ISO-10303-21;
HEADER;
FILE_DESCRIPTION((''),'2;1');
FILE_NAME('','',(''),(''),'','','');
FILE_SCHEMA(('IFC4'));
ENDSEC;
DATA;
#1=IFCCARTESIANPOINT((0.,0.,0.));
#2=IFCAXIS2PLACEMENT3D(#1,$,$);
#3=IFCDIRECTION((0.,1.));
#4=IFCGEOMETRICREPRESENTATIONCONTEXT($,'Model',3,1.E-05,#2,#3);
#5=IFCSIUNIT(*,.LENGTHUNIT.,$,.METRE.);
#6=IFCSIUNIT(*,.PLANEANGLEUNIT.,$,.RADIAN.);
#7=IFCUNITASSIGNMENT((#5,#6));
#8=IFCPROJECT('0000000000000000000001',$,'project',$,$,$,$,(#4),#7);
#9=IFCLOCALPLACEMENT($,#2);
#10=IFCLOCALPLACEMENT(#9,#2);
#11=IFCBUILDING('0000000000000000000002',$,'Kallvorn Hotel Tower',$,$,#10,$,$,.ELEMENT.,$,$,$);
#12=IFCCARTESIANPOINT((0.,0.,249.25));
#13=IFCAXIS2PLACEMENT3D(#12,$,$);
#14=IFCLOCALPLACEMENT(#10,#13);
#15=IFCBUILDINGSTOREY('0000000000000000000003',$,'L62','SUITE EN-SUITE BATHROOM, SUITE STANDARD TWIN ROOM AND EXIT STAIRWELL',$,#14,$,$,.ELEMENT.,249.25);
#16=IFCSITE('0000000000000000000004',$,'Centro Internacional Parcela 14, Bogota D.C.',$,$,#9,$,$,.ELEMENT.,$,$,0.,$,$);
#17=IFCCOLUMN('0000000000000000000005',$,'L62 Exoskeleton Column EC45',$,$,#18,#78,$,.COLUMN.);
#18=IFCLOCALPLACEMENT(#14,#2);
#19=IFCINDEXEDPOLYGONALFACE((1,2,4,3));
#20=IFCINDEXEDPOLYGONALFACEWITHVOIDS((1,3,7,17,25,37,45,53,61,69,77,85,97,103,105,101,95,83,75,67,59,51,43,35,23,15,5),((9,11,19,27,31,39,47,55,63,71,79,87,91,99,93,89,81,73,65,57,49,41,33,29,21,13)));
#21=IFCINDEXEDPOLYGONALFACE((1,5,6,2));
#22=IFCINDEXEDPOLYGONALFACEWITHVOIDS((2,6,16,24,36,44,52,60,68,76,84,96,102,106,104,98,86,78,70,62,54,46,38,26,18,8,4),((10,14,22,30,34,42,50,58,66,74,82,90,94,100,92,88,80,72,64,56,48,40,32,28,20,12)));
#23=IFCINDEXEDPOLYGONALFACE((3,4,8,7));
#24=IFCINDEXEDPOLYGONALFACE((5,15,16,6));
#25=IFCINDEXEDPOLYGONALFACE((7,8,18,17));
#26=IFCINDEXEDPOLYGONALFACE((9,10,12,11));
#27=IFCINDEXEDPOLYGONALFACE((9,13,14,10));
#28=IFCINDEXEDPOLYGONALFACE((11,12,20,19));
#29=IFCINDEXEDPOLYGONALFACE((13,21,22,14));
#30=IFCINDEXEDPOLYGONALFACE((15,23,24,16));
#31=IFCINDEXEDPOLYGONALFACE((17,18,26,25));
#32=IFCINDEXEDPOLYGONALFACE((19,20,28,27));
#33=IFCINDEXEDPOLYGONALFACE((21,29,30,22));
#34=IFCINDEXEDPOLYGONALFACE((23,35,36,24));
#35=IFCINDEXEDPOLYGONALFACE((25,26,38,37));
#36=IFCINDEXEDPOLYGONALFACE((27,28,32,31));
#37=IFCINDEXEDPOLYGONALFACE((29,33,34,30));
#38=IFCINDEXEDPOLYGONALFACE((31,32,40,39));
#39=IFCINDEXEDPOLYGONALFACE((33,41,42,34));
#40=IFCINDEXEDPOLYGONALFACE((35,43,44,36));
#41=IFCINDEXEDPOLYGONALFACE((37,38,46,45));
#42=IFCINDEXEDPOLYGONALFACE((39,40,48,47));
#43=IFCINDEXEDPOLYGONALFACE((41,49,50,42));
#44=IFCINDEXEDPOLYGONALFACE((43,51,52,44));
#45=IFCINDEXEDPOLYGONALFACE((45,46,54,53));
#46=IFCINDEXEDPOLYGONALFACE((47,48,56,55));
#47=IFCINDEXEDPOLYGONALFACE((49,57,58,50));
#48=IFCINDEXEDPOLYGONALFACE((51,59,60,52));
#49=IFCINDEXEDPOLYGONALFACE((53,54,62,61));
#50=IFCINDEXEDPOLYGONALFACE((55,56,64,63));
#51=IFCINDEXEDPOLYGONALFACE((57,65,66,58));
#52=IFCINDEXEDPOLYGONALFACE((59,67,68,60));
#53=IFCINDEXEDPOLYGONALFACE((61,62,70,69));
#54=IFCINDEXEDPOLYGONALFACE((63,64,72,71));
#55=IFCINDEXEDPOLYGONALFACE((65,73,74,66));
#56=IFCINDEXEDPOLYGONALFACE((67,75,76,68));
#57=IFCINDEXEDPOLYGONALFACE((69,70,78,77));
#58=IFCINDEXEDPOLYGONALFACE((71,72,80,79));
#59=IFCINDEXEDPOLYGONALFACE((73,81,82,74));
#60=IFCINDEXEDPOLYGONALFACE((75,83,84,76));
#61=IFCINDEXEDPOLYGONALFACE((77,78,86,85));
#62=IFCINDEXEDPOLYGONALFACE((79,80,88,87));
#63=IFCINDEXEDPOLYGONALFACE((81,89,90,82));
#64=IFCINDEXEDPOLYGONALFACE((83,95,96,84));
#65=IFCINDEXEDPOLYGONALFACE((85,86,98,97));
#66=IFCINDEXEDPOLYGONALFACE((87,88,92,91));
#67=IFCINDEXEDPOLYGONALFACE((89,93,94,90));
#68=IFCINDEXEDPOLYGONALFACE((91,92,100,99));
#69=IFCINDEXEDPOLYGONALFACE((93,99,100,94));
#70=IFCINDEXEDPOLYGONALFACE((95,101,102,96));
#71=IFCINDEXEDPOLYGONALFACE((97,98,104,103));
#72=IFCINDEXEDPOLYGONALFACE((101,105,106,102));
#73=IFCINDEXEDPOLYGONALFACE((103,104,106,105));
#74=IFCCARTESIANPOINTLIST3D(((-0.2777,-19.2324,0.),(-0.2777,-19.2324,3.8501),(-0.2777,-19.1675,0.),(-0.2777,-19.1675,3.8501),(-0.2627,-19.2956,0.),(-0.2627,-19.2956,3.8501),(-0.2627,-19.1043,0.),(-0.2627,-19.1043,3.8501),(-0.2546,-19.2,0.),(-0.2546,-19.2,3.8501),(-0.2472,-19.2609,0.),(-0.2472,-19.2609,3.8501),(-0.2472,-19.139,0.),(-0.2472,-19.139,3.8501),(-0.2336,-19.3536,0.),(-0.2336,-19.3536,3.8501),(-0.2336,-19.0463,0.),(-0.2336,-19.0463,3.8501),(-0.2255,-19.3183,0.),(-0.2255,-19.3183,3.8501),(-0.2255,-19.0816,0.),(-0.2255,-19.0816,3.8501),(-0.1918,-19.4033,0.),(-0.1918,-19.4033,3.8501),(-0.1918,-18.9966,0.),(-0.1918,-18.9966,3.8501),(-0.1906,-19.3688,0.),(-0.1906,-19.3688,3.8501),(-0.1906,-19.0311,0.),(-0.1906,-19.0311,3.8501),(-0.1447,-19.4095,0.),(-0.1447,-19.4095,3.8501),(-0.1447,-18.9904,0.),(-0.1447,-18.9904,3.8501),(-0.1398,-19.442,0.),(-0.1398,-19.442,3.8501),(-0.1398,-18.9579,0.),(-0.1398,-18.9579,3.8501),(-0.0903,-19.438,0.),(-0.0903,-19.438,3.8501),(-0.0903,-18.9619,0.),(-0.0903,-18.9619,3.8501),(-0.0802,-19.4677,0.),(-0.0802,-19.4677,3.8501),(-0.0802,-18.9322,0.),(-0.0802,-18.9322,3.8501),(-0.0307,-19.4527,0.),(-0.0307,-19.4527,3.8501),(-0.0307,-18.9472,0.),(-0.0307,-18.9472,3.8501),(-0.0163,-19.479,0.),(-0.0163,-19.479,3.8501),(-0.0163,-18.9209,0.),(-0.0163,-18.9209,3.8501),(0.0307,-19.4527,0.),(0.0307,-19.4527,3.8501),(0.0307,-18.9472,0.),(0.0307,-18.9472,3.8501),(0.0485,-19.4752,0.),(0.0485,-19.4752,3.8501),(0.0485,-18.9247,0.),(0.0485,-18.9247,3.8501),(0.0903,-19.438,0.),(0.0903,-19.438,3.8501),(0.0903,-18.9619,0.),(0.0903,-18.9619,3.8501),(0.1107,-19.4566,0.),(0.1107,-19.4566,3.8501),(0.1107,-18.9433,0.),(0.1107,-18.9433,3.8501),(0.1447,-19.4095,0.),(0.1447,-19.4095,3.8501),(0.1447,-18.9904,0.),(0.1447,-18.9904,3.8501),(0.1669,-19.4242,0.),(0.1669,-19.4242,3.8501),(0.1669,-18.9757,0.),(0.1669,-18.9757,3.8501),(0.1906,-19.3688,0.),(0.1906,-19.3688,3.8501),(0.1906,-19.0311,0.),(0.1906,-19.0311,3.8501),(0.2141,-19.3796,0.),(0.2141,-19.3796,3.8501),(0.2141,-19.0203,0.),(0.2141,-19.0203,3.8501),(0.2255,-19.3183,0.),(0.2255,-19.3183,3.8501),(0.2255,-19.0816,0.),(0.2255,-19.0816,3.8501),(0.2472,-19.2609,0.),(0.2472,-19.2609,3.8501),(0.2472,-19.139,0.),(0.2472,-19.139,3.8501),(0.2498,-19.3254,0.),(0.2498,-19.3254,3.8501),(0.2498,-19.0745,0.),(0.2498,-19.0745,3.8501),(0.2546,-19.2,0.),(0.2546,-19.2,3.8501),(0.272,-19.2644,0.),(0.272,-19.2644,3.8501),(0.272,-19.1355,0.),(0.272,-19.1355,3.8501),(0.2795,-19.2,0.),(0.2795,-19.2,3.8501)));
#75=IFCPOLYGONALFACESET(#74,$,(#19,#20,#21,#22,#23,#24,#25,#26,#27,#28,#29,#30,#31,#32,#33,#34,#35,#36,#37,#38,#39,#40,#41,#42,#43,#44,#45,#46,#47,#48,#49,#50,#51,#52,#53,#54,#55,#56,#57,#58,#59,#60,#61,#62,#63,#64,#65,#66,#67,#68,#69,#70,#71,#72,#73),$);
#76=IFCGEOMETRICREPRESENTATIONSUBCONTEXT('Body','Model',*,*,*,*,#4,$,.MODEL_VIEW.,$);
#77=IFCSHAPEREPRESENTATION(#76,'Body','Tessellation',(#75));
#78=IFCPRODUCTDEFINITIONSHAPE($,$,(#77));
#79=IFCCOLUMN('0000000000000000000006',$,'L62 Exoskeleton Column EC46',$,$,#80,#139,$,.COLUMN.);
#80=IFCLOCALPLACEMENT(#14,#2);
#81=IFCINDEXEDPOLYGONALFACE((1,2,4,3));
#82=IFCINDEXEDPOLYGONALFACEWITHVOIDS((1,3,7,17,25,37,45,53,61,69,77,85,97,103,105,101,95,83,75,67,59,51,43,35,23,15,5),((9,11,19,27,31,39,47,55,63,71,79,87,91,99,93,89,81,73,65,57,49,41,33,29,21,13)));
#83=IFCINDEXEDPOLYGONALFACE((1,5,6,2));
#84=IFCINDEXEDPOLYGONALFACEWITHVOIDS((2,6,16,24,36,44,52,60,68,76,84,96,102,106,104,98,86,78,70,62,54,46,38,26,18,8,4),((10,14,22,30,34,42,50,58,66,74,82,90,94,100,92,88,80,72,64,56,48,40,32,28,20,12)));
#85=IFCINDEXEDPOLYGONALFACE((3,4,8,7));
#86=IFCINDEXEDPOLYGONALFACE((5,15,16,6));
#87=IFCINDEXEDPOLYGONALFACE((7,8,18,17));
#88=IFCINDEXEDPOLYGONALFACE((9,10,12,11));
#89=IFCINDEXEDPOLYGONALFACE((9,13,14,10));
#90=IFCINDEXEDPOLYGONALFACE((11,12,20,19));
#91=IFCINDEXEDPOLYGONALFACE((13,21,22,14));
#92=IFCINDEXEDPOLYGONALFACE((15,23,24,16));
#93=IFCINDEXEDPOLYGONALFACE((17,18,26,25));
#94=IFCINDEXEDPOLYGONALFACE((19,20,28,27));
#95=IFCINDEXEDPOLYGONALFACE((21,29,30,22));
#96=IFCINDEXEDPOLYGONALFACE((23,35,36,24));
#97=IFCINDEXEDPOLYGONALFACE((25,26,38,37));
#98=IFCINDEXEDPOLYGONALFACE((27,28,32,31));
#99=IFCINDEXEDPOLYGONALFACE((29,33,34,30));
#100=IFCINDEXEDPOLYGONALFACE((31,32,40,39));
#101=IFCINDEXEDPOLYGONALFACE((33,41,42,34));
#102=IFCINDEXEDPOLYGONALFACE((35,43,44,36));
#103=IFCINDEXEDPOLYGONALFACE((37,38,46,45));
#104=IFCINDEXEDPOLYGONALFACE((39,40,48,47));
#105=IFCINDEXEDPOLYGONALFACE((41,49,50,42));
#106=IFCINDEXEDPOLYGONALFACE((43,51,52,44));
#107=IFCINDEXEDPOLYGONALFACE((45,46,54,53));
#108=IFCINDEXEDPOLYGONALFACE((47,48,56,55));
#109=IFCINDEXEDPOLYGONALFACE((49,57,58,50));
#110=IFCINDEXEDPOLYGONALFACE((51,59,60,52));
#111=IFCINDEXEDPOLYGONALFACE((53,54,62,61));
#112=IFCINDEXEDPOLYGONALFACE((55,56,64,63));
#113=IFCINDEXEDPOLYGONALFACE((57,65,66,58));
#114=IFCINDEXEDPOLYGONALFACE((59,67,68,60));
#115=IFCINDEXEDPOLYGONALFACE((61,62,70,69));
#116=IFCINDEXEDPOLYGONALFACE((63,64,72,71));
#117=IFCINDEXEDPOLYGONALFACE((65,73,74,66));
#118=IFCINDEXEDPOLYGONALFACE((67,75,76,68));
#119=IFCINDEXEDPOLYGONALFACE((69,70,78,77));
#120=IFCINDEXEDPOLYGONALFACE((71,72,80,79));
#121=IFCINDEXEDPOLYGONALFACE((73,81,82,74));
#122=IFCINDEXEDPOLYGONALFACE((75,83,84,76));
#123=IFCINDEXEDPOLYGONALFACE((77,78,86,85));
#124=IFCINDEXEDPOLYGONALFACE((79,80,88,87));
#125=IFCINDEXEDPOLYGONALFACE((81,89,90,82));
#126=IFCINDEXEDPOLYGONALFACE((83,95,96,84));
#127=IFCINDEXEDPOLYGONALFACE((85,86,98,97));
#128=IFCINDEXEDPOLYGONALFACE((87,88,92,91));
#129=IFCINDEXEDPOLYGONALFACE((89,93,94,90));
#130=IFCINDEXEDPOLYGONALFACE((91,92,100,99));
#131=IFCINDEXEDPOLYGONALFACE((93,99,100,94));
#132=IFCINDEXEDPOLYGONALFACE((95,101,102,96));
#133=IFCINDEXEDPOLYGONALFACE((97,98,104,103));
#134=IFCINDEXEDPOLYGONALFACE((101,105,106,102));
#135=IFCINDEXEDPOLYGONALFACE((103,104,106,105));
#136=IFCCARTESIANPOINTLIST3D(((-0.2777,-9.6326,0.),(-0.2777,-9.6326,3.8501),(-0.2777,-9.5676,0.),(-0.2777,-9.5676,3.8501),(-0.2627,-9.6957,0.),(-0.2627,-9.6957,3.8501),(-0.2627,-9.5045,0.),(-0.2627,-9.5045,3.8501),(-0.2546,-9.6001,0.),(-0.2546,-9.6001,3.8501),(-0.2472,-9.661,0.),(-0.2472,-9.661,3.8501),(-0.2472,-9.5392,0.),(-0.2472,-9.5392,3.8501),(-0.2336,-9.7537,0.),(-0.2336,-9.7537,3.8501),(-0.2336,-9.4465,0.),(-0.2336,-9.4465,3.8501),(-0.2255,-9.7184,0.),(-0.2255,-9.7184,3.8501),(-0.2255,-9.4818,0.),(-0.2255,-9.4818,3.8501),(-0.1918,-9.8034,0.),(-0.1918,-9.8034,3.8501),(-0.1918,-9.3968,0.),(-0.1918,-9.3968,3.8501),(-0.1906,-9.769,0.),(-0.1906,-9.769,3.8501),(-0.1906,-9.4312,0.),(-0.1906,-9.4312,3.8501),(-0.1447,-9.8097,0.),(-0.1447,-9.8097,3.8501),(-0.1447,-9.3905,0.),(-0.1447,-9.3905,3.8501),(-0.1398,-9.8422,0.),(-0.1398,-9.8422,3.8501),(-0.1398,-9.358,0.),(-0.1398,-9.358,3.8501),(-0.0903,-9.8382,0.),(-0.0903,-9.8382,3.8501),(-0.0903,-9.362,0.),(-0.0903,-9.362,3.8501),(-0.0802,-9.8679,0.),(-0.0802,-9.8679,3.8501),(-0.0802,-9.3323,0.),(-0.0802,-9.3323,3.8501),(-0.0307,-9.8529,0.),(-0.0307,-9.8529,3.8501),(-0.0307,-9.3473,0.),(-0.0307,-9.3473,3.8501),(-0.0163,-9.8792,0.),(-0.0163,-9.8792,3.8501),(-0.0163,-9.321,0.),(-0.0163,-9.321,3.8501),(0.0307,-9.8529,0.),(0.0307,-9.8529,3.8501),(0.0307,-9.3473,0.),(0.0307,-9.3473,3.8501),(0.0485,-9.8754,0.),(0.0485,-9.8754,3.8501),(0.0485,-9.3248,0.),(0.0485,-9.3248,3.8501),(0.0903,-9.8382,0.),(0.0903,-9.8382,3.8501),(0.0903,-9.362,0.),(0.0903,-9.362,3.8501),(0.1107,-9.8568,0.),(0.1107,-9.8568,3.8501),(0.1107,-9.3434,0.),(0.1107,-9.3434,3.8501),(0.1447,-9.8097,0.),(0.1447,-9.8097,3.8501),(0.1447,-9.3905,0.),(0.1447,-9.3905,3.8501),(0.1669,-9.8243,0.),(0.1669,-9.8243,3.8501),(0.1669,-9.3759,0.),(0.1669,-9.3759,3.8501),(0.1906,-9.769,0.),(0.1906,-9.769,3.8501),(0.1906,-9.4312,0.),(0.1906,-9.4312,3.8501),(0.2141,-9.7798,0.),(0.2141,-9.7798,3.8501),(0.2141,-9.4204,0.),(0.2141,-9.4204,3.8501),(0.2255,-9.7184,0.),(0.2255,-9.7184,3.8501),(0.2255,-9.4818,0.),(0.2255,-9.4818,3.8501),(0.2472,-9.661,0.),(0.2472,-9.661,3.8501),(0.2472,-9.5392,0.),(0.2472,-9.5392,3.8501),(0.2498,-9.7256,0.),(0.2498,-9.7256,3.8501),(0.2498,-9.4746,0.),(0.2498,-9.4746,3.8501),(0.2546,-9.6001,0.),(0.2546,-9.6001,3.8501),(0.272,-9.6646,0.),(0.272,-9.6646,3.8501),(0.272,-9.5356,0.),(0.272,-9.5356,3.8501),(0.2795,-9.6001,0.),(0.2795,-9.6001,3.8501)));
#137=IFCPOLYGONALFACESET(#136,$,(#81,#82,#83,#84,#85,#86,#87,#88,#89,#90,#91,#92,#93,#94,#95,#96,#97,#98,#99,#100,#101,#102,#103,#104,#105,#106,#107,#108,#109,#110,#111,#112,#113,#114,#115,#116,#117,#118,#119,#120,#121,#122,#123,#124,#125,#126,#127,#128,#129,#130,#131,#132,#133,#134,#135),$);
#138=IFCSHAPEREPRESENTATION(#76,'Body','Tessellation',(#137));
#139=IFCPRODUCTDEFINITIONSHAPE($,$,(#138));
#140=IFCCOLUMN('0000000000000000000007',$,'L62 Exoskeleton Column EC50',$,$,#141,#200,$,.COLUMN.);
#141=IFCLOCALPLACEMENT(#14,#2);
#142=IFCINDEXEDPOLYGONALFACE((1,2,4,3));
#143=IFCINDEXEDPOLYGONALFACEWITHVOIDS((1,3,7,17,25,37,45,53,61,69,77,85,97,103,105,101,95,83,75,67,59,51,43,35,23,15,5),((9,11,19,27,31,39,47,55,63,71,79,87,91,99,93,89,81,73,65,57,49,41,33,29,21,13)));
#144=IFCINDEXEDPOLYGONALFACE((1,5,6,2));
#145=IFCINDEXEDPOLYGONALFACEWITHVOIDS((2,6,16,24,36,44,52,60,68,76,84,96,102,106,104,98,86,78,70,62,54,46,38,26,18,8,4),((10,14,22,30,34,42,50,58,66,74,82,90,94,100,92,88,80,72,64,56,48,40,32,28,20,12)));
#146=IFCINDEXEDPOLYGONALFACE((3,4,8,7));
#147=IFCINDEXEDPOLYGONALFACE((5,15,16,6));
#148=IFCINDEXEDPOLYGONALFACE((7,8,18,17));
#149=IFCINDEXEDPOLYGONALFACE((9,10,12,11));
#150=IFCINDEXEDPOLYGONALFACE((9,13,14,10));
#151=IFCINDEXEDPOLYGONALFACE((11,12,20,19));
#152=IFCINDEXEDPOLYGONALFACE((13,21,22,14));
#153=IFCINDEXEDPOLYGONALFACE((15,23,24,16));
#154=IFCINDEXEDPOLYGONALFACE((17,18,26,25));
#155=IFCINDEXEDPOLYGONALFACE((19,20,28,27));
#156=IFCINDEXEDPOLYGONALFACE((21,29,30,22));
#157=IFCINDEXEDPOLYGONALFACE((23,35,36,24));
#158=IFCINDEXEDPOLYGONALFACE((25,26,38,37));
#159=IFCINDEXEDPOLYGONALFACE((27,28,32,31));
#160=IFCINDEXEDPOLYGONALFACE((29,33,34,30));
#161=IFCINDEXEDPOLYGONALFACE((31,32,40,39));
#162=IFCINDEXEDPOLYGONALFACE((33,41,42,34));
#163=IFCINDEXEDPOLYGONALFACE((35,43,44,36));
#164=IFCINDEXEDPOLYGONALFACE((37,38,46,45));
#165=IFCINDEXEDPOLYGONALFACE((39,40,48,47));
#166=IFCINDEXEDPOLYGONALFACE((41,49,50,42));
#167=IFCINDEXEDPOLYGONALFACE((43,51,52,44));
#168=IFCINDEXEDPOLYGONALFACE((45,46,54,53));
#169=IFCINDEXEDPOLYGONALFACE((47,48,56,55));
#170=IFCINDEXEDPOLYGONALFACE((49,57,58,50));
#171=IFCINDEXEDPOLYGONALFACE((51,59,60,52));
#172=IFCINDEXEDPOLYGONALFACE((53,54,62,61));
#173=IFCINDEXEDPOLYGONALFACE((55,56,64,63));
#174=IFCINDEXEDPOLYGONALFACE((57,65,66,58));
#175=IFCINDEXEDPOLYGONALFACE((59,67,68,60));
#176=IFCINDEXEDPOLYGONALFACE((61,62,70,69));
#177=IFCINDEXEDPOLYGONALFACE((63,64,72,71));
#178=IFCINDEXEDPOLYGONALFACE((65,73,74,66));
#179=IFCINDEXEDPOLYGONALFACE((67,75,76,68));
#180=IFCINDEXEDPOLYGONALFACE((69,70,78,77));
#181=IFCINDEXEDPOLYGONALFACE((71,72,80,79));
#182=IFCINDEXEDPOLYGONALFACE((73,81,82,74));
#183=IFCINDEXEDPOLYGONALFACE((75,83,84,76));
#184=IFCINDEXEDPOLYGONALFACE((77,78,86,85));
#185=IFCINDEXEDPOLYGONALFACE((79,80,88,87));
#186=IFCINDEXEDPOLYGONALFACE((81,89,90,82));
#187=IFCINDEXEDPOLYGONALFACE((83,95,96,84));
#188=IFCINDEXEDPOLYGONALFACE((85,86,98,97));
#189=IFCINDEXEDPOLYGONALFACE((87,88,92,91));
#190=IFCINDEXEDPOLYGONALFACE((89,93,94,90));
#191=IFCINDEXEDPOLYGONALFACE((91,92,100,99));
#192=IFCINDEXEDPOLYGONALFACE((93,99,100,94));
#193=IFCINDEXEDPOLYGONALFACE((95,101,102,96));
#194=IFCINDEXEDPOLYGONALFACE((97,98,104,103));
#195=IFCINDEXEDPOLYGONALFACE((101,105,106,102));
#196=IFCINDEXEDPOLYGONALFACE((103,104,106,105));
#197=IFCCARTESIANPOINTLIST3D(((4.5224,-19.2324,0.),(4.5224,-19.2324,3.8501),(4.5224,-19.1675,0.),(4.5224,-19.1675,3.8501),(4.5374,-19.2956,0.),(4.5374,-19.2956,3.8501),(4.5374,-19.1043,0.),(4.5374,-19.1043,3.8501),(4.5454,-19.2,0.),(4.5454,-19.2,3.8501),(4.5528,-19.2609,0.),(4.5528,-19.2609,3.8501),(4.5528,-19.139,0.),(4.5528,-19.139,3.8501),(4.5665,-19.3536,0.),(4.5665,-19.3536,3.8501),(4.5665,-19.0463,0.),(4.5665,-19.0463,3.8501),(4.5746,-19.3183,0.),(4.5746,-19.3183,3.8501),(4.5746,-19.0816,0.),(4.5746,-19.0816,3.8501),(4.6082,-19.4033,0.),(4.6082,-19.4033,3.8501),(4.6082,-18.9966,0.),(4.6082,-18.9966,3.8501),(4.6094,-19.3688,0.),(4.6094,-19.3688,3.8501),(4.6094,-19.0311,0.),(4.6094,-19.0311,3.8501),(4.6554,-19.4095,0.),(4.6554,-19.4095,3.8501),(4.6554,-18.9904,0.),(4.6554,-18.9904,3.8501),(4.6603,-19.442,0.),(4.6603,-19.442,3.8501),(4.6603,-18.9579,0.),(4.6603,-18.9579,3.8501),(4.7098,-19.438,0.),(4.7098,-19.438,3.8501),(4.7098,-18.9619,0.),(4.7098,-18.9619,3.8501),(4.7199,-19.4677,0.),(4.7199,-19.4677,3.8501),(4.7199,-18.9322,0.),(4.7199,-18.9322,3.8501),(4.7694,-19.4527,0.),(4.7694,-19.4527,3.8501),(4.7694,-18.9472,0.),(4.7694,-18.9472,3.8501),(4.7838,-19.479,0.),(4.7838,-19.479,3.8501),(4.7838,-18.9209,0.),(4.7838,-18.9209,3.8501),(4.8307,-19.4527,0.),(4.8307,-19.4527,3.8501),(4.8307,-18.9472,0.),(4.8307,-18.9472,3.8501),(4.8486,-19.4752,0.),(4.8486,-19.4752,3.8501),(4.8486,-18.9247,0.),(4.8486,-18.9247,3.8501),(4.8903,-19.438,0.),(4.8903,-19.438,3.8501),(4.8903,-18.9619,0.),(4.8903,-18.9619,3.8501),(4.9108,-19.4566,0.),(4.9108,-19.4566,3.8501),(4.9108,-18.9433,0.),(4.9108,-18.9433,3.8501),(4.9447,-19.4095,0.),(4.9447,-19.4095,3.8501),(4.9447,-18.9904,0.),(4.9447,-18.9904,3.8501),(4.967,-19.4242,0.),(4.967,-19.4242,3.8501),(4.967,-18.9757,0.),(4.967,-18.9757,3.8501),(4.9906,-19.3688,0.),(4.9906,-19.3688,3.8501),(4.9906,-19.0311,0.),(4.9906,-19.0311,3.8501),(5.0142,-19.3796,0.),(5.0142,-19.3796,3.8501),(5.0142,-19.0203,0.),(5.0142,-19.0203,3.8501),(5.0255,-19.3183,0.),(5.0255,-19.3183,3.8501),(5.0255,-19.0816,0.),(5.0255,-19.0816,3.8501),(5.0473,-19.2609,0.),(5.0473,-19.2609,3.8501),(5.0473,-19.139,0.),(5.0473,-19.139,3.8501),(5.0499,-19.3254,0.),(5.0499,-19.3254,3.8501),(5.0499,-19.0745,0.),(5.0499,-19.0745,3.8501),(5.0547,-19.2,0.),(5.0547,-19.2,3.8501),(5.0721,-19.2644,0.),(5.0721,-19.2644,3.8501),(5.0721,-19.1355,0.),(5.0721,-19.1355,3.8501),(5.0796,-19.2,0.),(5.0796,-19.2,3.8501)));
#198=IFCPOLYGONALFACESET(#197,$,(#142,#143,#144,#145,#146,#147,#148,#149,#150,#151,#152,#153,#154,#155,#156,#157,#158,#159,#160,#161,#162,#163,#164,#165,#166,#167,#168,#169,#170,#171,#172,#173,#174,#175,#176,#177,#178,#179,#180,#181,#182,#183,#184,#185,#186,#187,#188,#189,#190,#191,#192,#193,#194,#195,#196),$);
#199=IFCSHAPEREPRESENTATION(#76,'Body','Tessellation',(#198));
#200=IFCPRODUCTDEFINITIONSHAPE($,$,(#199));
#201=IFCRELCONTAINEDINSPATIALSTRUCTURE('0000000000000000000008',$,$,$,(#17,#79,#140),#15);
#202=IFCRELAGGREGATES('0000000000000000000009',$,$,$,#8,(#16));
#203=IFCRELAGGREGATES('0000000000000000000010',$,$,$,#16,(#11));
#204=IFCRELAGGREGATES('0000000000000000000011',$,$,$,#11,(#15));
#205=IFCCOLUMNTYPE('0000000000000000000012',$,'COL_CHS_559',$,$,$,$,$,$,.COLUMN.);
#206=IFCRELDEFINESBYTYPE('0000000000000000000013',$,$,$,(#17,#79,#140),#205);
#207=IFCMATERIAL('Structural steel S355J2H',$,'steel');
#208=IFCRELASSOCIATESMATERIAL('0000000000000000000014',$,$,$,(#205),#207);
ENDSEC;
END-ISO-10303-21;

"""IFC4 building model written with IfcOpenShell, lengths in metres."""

from ifc_helpers import new_model, si_unit, direction, frame, origin, origin_2d, place, context, subcontext, project, spatial, hollow_circle, extrude, material, material_profile, profile_set, type_object, element, save


model = new_model("IFC4")

# Units and contexts
model_context = context("Model", 3, precision=1e-05, world=origin(), true_north=direction((0.0, 1.0)))
body_context = subcontext(model_context, "Body", "Model", "MODEL_VIEW")
ifc_project = project(units=[si_unit("LENGTHUNIT", "METRE"), si_unit("PLANEANGLEUNIT", "RADIAN")], contexts=[model_context])

# Site, building, storey
site_placement = place(None, origin())
site = spatial("IfcSite", under=ifc_project, at=site_placement, Name="Centro Internacional Parcela 14, Bogota D.C.", CompositionType="ELEMENT", RefElevation=0.0)
building_placement = place(site_placement, origin())
building = spatial("IfcBuilding", under=site, at=building_placement, Name="Kallvorn Hotel Tower", CompositionType="ELEMENT")
storey_placement = place(building_placement, frame((0.0, 0.0, 249.25)))
storey = spatial("IfcBuildingStorey", under=building, at=storey_placement, Name="L62", Description="SUITE EN-SUITE BATHROOM, SUITE STANDARD TWIN ROOM AND EXIT STAIRWELL", CompositionType="ELEMENT", Elevation=249.25)

# Columns
ifc_material_1 = material(Name="Structural steel S355J2H", Category="steel")
ifc_material_profile_1 = material_profile(ifc_material_1, hollow_circle(Radius=0.2795, WallThickness=0.0249, at=origin_2d()), Name="CHS 559x25")
ifc_profile_set_1 = profile_set([ifc_material_profile_1], Name="Structural steel S355J2H")
column_type_1 = type_object("IfcColumnType", Name="COL_CHS_559", PredefinedType="COLUMN", material=ifc_profile_set_1)
for number, where, z_axis, x_axis, name in (
    (1, (0.0, -19.2, 0.0), (0.0, 0.0, 1.0), (1.0, 0.0, 0.0), "L62 Exoskeleton Column EC45"),
    (2, (0.0, -9.6001, 0.0), (0.0, 0.0, 1.0), (1.0, 0.0, 0.0), "L62 Exoskeleton Column EC46"),
    (3, (4.8, -19.2, 0.0), (0.0, 0.0, 1.0), (1.0, 0.0, 0.0), "L62 Exoskeleton Column EC50"),
):
    element("IfcColumn", number, at=place(storey_placement, frame(where, z_axis=z_axis, x_axis=x_axis)), inside=storey, type_object=column_type_1, Name=name, PredefinedType="COLUMN", context=body_context, shape_type="SweptSolid", body=[
        extrude(hollow_circle(Radius=0.2795, WallThickness=0.0249, at=origin_2d()), origin(), (0.0, 0.0, 1.0), 3.8501),
    ])

save(model, "model.ifc")
